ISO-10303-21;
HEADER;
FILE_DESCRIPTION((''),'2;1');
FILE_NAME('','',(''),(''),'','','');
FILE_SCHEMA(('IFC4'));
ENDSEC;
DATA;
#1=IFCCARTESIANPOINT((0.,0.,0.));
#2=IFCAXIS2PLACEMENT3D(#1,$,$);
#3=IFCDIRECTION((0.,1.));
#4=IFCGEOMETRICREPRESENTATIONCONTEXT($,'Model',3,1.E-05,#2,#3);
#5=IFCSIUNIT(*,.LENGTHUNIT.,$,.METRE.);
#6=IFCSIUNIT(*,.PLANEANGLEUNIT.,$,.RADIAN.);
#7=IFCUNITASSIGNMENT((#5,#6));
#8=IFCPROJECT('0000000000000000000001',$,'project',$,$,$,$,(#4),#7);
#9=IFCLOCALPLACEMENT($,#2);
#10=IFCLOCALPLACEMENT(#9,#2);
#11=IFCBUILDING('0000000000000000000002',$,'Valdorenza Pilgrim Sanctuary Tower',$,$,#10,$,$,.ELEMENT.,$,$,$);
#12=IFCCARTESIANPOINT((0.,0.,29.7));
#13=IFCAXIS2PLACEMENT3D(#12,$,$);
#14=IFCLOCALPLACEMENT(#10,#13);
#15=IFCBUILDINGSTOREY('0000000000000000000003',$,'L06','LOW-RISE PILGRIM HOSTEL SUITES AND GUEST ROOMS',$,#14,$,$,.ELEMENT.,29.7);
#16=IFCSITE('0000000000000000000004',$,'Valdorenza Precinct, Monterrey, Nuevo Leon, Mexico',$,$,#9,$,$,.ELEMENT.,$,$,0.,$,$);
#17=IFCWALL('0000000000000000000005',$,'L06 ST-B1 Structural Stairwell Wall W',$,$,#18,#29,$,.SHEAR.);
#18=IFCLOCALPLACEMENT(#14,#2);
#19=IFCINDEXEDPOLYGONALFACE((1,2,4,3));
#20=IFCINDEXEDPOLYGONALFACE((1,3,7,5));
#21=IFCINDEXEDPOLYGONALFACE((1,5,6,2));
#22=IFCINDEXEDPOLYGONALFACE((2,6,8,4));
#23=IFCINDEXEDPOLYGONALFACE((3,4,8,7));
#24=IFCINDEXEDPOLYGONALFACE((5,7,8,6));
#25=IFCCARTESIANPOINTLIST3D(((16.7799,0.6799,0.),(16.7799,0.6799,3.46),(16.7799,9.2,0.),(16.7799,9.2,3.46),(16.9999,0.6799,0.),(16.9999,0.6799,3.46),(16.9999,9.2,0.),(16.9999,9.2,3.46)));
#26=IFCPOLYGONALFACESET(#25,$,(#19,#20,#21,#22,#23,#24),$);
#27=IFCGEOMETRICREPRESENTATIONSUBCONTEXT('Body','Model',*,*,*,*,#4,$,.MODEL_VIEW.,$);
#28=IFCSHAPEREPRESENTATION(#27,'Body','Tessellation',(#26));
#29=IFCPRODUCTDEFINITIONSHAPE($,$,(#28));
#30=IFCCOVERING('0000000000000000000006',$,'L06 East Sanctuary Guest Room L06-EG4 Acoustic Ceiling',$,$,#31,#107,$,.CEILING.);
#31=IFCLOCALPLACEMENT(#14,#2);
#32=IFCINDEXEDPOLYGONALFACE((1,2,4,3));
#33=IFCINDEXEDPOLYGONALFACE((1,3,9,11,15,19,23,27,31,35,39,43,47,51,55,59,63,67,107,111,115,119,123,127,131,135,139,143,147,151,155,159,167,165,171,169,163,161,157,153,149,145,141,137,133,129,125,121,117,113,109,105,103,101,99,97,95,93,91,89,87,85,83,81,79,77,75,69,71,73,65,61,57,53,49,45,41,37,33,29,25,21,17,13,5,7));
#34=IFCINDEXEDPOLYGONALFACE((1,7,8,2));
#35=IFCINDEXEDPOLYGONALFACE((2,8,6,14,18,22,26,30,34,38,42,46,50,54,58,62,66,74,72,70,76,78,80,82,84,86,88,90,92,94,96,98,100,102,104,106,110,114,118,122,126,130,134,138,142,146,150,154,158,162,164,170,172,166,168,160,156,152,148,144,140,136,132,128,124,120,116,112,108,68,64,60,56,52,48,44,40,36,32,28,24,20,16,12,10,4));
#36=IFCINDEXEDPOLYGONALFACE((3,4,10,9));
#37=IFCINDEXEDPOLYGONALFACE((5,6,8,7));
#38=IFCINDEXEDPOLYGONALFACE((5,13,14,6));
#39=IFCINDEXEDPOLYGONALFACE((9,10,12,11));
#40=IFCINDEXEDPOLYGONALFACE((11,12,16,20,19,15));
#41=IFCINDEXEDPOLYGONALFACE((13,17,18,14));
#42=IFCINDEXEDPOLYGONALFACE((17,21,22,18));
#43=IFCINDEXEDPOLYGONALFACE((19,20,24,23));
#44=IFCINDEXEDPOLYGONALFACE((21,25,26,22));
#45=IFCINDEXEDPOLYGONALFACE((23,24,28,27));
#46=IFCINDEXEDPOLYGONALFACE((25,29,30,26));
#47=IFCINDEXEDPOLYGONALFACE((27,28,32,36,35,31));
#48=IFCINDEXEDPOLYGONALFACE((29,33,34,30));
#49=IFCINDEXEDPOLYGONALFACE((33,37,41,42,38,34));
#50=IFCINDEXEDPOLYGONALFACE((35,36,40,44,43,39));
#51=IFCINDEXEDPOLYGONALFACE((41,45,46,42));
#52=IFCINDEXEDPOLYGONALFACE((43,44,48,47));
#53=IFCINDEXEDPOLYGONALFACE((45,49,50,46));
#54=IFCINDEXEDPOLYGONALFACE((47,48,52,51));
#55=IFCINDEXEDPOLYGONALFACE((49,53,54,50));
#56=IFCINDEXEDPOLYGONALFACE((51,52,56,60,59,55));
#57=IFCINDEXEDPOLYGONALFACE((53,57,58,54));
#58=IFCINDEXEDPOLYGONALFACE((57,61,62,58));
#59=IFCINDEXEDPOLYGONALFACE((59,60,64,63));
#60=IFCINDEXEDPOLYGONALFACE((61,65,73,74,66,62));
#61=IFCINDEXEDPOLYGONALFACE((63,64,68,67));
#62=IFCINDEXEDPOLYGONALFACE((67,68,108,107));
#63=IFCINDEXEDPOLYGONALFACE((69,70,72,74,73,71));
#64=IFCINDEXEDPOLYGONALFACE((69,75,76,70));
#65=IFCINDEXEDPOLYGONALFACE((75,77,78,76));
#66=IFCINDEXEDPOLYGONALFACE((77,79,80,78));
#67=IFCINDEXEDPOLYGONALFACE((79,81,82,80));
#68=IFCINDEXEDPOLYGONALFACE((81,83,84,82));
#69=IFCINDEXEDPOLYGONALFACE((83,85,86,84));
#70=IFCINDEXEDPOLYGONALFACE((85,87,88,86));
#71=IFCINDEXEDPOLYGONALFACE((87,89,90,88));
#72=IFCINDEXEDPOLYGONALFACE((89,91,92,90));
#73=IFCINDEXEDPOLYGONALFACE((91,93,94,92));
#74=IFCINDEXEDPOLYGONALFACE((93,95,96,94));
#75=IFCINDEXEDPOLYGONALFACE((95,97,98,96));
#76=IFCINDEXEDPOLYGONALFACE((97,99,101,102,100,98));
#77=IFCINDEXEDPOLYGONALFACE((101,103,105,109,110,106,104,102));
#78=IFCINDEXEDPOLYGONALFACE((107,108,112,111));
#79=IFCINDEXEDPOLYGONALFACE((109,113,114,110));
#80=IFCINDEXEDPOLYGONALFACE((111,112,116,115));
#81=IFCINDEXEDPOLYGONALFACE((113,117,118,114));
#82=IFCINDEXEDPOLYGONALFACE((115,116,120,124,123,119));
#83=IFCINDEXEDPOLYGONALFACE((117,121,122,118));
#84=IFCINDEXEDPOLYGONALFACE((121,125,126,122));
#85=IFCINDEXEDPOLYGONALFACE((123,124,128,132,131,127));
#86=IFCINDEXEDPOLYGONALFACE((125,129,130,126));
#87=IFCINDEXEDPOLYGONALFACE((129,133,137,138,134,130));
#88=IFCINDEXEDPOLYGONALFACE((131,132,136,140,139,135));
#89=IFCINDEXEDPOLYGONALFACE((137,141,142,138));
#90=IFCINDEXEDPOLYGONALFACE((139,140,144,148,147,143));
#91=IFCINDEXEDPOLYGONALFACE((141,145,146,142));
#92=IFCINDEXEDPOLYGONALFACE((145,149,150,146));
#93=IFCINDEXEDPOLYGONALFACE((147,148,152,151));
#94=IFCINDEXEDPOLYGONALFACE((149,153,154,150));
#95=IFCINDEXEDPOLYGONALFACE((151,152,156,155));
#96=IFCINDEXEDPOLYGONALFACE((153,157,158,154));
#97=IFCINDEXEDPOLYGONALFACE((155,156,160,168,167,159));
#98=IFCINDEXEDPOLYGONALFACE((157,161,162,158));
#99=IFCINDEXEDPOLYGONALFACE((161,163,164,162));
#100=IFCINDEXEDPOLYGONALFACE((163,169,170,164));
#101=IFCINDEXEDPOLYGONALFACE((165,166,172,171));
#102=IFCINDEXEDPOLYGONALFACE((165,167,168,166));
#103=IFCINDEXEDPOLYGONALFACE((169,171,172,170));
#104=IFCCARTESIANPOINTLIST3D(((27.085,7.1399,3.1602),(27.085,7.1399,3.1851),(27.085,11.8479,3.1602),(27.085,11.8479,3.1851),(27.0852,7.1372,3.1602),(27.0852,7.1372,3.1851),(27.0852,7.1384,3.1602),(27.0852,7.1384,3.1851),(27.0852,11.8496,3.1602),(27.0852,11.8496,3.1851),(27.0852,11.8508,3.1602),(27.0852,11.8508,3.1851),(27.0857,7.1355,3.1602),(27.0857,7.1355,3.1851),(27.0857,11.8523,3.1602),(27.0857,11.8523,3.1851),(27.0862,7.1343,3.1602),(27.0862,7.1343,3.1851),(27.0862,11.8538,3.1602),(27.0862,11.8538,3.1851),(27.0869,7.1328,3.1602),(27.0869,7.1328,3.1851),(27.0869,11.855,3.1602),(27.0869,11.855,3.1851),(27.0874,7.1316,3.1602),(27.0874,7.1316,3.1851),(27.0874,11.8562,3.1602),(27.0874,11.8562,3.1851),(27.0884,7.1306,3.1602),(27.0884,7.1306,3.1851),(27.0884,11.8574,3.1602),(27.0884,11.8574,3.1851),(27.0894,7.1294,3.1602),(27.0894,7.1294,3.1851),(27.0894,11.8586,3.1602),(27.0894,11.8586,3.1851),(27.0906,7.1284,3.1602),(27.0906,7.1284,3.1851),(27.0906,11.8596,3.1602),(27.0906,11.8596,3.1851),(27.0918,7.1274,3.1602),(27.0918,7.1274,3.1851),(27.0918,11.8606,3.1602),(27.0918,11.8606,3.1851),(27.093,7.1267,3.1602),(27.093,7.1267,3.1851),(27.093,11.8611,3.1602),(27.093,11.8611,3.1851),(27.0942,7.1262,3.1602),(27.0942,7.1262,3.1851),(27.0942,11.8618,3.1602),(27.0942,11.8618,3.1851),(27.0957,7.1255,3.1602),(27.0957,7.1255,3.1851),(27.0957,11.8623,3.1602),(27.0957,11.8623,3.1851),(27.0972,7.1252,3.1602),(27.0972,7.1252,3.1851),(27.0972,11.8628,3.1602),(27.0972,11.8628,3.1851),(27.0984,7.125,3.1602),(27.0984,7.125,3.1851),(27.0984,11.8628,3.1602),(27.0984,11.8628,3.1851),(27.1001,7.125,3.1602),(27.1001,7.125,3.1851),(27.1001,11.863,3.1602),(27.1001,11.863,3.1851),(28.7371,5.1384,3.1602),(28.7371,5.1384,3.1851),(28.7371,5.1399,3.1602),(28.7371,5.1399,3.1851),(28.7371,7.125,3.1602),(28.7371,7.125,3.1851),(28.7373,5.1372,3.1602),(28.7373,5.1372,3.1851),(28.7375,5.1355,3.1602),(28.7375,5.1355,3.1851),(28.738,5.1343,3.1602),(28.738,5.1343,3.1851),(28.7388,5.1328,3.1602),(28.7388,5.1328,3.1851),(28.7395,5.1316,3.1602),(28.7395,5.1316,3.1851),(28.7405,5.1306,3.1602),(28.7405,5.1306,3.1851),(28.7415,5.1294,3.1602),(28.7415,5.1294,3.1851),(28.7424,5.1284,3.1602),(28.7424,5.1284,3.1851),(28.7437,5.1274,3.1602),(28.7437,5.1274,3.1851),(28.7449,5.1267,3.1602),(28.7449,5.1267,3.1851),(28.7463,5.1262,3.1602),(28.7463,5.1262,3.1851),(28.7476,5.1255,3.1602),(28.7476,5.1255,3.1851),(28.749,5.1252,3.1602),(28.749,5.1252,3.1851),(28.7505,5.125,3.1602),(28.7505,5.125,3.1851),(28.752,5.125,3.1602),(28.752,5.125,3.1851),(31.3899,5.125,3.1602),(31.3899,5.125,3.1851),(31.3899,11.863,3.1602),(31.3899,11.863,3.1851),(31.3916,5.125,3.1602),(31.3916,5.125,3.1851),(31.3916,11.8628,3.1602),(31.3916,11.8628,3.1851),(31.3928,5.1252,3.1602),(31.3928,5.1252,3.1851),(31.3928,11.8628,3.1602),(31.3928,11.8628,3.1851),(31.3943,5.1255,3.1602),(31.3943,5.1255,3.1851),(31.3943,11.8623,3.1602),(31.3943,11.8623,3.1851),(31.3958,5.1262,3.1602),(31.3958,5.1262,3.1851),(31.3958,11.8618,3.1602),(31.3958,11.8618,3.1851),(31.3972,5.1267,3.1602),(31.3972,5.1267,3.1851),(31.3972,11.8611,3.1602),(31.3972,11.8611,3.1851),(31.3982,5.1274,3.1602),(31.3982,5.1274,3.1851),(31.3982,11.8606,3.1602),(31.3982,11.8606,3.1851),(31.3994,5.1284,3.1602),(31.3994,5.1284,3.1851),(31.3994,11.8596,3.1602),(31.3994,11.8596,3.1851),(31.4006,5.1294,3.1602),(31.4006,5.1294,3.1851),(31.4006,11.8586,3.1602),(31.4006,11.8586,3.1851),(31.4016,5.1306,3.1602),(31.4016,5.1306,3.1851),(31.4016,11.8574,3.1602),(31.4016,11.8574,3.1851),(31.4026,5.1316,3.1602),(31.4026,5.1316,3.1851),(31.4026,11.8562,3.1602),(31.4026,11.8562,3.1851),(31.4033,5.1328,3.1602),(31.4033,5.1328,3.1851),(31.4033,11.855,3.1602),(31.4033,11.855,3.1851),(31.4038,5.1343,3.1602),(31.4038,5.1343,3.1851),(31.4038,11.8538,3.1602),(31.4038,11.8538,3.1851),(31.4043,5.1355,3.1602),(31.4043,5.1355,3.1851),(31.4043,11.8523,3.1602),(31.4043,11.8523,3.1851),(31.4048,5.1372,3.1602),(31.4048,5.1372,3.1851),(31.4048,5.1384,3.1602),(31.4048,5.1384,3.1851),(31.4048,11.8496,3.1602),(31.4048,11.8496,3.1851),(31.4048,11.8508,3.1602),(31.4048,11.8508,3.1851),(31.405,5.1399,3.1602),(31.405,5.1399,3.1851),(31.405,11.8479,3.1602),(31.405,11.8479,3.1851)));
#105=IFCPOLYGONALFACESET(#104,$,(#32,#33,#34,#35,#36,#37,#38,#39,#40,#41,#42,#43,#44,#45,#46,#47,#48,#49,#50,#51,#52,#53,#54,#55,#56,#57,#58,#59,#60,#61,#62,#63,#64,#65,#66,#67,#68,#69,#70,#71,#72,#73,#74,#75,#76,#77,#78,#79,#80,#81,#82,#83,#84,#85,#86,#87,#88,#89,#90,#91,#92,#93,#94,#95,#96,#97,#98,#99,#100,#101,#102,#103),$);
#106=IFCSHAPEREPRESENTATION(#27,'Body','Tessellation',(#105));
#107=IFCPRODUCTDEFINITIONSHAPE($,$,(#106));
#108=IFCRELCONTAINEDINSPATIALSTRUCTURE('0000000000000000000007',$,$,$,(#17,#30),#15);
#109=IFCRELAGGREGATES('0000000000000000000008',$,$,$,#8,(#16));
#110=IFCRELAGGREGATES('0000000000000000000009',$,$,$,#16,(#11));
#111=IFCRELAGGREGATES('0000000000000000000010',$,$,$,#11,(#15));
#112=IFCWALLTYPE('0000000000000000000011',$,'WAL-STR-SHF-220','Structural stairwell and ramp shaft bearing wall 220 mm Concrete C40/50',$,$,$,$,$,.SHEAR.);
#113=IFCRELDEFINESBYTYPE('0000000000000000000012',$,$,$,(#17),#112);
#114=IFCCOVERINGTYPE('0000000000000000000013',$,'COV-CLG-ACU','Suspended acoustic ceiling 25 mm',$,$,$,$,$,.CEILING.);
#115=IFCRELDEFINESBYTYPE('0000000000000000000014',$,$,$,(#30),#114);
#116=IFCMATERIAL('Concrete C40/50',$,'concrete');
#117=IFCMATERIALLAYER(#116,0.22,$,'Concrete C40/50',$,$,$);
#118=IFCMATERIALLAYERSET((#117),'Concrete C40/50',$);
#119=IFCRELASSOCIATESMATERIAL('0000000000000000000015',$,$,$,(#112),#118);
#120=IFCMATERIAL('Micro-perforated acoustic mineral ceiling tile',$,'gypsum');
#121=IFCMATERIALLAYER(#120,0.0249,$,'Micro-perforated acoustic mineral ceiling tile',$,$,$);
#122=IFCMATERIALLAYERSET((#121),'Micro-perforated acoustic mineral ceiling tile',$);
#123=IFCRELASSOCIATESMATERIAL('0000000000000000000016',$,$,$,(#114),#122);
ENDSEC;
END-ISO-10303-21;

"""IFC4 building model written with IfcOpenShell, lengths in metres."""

from ifc_helpers import new_model, si_unit, direction, frame, frame_2d, origin, place, context, subcontext, project, spatial, polyline, rectangle, outline, extrude, material, layer, layer_set, type_object, element, save


model = new_model("IFC4")

# Units and contexts
model_context = context("Model", 3, precision=1e-05, world=origin(), true_north=direction((0.0, 1.0)))
body_context = subcontext(model_context, "Body", "Model", "MODEL_VIEW")
ifc_project = project(units=[si_unit("LENGTHUNIT", "METRE"), si_unit("PLANEANGLEUNIT", "RADIAN")], contexts=[model_context])

# Site, building, storey
site_placement = place(None, origin())
site = spatial("IfcSite", under=ifc_project, at=site_placement, Name="Valdorenza Precinct, Monterrey, Nuevo Leon, Mexico", CompositionType="ELEMENT", RefElevation=0.0)
building_placement = place(site_placement, origin())
building = spatial("IfcBuilding", under=site, at=building_placement, Name="Valdorenza Pilgrim Sanctuary Tower", CompositionType="ELEMENT")
storey_placement = place(building_placement, frame((0.0, 0.0, 29.7)))
storey = spatial("IfcBuildingStorey", under=building, at=storey_placement, Name="L06", Description="LOW-RISE PILGRIM HOSTEL SUITES AND GUEST ROOMS", CompositionType="ELEMENT", Elevation=29.7)

# Wall
ifc_material_1 = material(Name="Concrete C40/50", Category="concrete")
ifc_layer_1 = layer(ifc_material_1, 0.22, Name="Concrete C40/50")
ifc_layer_set_1 = layer_set([ifc_layer_1], Name="Concrete C40/50")
wall_type_1 = type_object("IfcWallType", Name="WAL-STR-SHF-220", Description="Structural stairwell and ramp shaft bearing wall 220 mm Concrete C40/50", PredefinedType="SHEAR", material=ifc_layer_set_1)
wall_1_placement = place(storey_placement, frame((16.8899, 0.6799, 0.0), z_axis=(0.0, 0.0, 1.0), x_axis=(0.0, 1.0, 0.0)))
element("IfcWall", 1, at=wall_1_placement, inside=storey, type_object=wall_type_1, Name="L06 ST-B1 Structural Stairwell Wall W", PredefinedType="SHEAR", context=body_context, shape_type="SweptSolid", body=[
    extrude(rectangle(XDim=8.52, YDim=0.22, at=frame_2d((4.26, 0.0))), origin(), (0.0, 0.0, 1.0), 3.46),
])

# Covering
ifc_material_2 = material(Name="Micro-perforated acoustic mineral ceiling tile", Category="gypsum")
ifc_layer_2 = layer(ifc_material_2, 0.0249, Name="Micro-perforated acoustic mineral ceiling tile")
ifc_layer_set_2 = layer_set([ifc_layer_2], Name="Micro-perforated acoustic mineral ceiling tile")
covering_type_1 = type_object("IfcCoveringType", Name="COV-CLG-ACU", Description="Suspended acoustic ceiling 25 mm", PredefinedType="CEILING", material=ifc_layer_set_2)
covering_1_placement = place(storey_placement, frame((0.0, 0.0, 3.1602)))
element("IfcCovering", 2, at=covering_1_placement, inside=storey, type_object=covering_type_1, Name="L06 East Sanctuary Guest Room L06-EG4 Acoustic Ceiling", PredefinedType="CEILING", context=body_context, shape_type="SweptSolid", body=[
    extrude(outline(polyline([(28.7371, 7.125), (27.1001, 7.125), (27.0984, 7.125), (27.0972, 7.1252), (27.0957, 7.1255), (27.0942, 7.1262), (27.093, 7.1267), (27.0918, 7.1274), (27.0906, 7.1284), (27.0894, 7.1294), (27.0884, 7.1306), (27.0874, 7.1316), (27.0869, 7.1328), (27.0862, 7.1343), (27.0857, 7.1355), (27.0852, 7.1372), (27.0852, 7.1384), (27.085, 7.1399), (27.085, 11.8479), (27.0852, 11.8496), (27.0852, 11.8508), (27.0857, 11.8523), (27.0862, 11.8538), (27.0869, 11.855), (27.0874, 11.8562), (27.0884, 11.8574), (27.0894, 11.8586), (27.0906, 11.8596), (27.0918, 11.8606), (27.093, 11.8611), (27.0942, 11.8618), (27.0957, 11.8623), (27.0972, 11.8628), (27.0984, 11.8628), (27.1001, 11.863), (31.3899, 11.863), (31.3916, 11.8628), (31.3928, 11.8628), (31.3943, 11.8623), (31.3958, 11.8618), (31.3972, 11.8611), (31.3982, 11.8606), (31.3994, 11.8596), (31.4006, 11.8586), (31.4016, 11.8574), (31.4026, 11.8562), (31.4033, 11.855), (31.4038, 11.8538), (31.4043, 11.8523), (31.4048, 11.8508), (31.4048, 11.8496), (31.405, 11.8479), (31.405, 5.1399), (31.4048, 5.1384), (31.4048, 5.1372), (31.4043, 5.1355), (31.4038, 5.1343), (31.4033, 5.1328), (31.4026, 5.1316), (31.4016, 5.1306), (31.4006, 5.1294), (31.3994, 5.1284), (31.3982, 5.1274), (31.3972, 5.1267), (31.3958, 5.1262), (31.3943, 5.1255), (31.3928, 5.1252), (31.3916, 5.125), (31.3899, 5.125), (28.752, 5.125), (28.7505, 5.125), (28.749, 5.1252), (28.7476, 5.1255), (28.7463, 5.1262), (28.7449, 5.1267), (28.7437, 5.1274), (28.7424, 5.1284), (28.7415, 5.1294), (28.7405, 5.1306), (28.7395, 5.1316), (28.7388, 5.1328), (28.738, 5.1343), (28.7375, 5.1355), (28.7373, 5.1372), (28.7371, 5.1384), (28.7371, 5.1399), (28.7371, 7.125)])), origin(), (0.0, 0.0, 1.0), 0.0249),
])

save(model, "model.ifc")
